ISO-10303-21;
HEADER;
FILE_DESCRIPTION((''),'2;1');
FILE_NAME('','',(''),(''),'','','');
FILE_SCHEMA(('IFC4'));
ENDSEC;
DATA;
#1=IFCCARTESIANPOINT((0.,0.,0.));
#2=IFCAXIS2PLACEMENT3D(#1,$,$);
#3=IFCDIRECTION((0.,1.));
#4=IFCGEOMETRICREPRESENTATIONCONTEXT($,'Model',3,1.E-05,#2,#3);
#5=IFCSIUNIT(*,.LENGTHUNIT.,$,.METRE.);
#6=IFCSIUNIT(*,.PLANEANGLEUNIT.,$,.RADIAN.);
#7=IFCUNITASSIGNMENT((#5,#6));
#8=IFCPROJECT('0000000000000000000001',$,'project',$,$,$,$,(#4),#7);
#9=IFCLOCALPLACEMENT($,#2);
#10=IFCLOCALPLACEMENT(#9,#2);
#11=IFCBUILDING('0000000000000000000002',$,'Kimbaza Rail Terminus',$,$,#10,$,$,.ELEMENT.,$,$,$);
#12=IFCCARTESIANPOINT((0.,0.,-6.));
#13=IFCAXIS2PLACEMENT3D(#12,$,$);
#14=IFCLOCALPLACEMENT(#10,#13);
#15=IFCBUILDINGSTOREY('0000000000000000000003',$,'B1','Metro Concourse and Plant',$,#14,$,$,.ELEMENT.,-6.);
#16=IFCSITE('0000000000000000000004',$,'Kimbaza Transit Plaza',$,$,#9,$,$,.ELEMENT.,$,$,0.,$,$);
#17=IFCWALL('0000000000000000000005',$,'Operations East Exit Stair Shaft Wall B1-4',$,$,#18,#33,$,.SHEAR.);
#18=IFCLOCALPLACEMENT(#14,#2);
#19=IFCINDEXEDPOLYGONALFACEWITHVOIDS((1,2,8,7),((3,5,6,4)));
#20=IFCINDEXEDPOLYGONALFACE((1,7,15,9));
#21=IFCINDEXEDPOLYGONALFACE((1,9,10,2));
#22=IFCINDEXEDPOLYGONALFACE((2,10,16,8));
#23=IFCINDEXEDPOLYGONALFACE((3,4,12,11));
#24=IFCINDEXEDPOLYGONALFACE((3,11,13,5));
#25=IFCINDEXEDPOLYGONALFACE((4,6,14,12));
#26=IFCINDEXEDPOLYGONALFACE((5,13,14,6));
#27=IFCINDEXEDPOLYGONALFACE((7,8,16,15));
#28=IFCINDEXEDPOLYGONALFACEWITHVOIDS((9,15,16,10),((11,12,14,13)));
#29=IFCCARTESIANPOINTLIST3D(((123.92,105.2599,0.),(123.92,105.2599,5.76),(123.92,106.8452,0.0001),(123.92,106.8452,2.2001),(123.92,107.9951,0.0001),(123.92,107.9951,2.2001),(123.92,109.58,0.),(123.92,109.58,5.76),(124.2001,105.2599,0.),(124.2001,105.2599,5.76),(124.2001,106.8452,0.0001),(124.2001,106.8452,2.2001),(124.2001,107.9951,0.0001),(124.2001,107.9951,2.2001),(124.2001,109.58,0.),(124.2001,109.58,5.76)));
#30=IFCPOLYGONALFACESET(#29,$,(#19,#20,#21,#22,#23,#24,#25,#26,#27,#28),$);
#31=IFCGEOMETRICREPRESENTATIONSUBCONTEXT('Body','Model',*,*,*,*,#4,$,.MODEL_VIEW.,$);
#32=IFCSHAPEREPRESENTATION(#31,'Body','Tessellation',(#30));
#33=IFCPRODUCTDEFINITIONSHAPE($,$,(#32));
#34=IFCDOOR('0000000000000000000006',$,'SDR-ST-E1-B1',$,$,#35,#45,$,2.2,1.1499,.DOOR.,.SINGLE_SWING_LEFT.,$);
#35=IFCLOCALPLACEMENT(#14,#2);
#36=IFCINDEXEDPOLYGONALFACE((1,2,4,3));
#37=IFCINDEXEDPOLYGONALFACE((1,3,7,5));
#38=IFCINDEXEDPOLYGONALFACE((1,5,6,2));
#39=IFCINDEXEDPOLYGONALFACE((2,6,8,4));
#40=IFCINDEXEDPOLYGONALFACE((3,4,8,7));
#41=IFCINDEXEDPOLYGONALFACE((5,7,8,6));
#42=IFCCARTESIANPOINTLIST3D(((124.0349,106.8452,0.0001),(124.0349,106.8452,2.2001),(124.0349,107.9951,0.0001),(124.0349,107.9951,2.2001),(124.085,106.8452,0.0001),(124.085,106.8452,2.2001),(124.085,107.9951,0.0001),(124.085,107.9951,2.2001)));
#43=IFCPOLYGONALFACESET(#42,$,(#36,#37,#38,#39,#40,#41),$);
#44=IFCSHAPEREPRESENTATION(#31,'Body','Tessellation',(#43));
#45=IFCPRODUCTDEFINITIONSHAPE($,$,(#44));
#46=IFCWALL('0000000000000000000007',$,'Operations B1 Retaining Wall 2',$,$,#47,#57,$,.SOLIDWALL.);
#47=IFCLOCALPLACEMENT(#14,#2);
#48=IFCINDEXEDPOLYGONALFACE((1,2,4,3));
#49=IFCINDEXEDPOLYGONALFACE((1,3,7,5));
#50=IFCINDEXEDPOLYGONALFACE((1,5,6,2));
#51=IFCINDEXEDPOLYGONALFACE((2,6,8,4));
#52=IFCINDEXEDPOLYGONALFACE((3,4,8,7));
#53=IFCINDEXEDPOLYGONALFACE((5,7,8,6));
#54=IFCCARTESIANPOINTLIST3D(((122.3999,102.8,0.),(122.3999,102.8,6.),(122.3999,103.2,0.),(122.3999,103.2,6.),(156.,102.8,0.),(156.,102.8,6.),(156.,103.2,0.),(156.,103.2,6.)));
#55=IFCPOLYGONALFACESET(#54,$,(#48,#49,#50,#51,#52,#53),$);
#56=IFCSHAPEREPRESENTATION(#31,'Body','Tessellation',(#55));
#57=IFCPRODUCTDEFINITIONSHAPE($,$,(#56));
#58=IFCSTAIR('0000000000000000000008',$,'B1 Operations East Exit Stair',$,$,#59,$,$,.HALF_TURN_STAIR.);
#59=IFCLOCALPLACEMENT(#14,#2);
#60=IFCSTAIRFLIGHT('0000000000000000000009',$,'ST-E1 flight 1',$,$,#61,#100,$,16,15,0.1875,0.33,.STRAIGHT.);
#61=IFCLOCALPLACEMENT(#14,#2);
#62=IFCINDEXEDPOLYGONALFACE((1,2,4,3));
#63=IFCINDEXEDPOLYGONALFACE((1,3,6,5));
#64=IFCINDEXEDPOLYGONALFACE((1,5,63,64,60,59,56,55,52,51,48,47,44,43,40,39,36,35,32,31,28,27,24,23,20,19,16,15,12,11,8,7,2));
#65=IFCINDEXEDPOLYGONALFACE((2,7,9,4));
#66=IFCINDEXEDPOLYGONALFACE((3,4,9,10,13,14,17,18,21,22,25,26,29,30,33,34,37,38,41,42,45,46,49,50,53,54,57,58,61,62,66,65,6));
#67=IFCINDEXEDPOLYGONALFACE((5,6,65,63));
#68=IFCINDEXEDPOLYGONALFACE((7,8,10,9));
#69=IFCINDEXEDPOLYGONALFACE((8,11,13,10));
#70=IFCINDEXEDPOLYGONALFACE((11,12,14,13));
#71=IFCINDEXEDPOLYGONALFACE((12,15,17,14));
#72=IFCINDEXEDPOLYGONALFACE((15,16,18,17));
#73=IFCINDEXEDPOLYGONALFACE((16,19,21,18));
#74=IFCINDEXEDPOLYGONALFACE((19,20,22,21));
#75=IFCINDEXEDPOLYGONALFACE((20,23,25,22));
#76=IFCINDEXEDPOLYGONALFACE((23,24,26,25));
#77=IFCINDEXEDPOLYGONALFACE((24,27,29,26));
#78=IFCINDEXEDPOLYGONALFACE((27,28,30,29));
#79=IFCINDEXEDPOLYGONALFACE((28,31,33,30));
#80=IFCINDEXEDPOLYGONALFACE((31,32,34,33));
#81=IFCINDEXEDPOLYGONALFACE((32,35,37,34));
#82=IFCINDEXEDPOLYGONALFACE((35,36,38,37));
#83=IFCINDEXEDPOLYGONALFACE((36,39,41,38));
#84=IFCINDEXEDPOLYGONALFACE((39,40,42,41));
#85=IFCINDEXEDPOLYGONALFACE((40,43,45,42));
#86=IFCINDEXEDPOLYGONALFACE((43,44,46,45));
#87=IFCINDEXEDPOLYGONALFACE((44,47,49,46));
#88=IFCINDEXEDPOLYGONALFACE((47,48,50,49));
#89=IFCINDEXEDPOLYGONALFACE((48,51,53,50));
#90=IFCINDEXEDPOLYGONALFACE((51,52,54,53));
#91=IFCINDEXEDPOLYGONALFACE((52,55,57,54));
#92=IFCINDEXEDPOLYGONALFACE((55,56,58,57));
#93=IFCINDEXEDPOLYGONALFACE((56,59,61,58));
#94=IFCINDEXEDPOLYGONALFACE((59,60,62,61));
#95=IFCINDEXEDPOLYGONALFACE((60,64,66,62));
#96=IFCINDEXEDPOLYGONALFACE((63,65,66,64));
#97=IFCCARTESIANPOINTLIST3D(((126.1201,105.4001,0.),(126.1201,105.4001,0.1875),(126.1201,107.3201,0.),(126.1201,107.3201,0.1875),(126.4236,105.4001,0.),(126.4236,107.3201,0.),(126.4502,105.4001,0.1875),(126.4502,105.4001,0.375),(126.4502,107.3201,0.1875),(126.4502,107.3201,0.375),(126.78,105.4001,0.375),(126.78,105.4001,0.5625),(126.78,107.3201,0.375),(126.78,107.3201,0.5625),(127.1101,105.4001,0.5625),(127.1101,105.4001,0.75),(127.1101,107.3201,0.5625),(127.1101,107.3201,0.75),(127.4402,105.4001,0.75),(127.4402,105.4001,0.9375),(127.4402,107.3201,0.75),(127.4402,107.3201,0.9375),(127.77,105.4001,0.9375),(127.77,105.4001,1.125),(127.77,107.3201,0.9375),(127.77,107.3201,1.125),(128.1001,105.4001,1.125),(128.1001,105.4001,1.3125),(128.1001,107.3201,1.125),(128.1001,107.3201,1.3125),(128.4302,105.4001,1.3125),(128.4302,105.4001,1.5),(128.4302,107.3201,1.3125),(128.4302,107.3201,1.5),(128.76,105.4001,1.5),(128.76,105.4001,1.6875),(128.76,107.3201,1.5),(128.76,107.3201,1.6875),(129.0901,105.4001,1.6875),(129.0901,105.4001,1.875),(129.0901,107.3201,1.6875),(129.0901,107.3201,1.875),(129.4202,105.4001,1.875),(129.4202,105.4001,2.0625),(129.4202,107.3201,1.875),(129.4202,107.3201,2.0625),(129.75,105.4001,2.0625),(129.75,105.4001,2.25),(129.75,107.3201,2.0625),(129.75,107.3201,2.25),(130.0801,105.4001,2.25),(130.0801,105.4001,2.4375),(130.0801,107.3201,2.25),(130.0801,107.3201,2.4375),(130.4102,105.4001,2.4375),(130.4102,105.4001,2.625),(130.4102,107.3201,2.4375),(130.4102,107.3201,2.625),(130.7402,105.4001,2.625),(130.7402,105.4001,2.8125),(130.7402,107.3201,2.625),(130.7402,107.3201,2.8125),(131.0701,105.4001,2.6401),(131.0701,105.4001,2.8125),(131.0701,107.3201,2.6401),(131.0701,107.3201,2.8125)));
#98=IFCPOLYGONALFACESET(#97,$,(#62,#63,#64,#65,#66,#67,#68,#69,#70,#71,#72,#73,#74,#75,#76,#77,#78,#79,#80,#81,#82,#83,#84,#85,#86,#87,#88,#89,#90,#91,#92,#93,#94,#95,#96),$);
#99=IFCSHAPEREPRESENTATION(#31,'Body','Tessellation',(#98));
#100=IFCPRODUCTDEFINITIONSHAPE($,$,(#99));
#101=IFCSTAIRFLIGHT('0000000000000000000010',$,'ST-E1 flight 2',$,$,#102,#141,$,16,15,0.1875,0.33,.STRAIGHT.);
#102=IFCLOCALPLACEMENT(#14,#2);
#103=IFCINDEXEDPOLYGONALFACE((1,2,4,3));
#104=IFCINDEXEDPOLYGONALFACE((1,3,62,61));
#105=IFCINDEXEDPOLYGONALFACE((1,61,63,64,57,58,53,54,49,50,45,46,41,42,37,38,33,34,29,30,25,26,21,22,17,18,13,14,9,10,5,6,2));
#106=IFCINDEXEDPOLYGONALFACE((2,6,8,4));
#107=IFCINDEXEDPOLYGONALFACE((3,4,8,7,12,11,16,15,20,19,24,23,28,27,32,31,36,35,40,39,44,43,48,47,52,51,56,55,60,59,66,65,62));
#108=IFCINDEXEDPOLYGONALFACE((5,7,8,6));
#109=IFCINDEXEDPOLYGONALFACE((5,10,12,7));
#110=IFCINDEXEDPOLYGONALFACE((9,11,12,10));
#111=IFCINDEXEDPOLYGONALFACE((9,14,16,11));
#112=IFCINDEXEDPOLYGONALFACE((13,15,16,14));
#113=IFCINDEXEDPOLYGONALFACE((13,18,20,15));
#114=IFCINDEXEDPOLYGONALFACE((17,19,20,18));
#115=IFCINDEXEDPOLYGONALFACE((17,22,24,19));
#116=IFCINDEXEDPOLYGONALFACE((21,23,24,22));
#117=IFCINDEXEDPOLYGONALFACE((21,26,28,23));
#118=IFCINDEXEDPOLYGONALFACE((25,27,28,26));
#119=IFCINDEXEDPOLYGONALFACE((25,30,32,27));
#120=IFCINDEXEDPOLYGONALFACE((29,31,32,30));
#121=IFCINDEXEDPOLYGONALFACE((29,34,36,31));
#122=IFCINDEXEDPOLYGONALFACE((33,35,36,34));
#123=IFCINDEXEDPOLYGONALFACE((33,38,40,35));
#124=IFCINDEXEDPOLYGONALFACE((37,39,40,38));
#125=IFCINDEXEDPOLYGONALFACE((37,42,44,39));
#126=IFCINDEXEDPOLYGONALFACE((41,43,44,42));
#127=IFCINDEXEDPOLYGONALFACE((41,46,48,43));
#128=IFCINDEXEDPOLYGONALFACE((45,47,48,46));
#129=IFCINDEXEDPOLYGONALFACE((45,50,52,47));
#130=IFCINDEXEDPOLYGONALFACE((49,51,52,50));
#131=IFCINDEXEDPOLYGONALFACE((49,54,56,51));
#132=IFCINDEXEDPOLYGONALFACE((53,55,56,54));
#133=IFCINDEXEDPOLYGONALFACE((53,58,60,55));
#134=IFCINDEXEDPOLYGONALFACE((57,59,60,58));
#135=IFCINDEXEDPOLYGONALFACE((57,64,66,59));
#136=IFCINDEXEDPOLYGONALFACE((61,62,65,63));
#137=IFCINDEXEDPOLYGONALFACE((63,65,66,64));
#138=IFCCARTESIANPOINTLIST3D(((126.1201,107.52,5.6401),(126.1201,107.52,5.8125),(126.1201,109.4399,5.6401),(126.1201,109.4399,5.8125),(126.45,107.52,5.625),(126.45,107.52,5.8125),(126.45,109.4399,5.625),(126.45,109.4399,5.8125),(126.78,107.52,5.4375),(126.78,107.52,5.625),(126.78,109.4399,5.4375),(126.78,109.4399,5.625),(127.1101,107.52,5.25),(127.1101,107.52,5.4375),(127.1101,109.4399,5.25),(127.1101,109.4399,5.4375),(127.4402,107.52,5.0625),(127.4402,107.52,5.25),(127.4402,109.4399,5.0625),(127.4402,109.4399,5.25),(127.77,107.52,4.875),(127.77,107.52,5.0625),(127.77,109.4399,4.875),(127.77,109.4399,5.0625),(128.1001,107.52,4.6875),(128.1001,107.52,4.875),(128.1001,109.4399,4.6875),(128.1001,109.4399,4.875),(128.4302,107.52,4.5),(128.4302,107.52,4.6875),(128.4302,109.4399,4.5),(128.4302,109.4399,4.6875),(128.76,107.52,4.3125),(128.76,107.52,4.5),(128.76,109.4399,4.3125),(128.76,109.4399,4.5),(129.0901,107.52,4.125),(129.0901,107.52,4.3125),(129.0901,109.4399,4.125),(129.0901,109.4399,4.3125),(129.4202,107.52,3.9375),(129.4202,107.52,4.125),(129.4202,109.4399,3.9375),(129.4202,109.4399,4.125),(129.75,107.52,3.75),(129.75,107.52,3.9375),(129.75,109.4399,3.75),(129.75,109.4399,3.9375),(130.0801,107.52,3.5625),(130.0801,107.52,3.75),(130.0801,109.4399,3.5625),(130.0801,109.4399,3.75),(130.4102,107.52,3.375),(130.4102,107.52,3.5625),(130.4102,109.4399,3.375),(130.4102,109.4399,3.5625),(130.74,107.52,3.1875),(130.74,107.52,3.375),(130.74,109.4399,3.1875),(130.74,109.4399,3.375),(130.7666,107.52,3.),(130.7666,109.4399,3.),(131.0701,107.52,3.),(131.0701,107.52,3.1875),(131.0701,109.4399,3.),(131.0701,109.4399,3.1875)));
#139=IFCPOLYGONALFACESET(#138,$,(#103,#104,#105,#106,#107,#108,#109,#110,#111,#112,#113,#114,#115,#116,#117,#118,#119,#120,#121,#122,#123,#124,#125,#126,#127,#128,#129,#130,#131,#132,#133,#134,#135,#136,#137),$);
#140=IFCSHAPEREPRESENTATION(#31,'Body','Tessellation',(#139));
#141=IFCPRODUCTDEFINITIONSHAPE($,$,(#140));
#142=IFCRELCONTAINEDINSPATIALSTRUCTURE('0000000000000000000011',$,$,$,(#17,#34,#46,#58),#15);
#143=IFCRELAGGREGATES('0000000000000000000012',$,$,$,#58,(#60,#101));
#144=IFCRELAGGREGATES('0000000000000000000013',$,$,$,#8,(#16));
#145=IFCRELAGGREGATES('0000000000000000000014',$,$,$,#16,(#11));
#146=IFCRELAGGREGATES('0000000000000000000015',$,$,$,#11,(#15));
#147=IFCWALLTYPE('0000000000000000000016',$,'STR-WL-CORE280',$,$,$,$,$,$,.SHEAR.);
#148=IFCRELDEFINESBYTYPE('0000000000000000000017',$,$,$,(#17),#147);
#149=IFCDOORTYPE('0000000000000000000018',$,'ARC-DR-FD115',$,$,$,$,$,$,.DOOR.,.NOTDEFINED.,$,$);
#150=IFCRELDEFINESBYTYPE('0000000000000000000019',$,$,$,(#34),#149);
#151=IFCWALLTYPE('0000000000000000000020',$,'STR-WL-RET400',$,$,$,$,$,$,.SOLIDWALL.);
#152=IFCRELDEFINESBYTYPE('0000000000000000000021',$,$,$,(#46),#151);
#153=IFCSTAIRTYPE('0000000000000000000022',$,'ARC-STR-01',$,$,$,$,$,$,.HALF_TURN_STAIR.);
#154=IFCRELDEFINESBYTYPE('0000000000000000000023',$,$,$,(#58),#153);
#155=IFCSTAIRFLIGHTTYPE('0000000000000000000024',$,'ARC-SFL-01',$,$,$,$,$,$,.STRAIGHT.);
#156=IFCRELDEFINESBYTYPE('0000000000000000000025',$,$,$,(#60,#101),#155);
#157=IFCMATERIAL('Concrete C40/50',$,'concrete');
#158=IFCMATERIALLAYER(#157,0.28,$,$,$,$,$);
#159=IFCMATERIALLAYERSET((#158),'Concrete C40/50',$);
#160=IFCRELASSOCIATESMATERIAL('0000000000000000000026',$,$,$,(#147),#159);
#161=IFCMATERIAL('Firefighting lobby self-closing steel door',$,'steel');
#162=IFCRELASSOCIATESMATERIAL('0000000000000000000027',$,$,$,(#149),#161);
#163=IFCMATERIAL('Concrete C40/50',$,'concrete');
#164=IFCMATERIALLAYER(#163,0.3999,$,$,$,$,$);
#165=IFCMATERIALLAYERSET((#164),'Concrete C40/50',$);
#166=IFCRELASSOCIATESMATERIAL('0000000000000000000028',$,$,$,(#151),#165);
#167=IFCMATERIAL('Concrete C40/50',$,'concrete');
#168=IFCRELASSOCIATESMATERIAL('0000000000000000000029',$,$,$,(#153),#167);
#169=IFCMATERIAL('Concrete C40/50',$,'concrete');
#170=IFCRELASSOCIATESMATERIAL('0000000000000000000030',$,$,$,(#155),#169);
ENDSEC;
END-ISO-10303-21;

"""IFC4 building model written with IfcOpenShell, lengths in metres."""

from ifc_helpers import new_model, si_unit, direction, frame, frame_2d, origin, place, context, subcontext, project, spatial, polyline, rectangle, outline, extrude, material, layer, layer_set, type_object, element, fill, aggregate, save


model = new_model("IFC4")

# Units and contexts
model_context = context("Model", 3, precision=1e-05, world=origin(), true_north=direction((0.0, 1.0)))
body_context = subcontext(model_context, "Body", "Model", "MODEL_VIEW")
ifc_project = project(units=[si_unit("LENGTHUNIT", "METRE"), si_unit("PLANEANGLEUNIT", "RADIAN")], contexts=[model_context])

# Site, building, storey
site_placement = place(None, origin())
site = spatial("IfcSite", under=ifc_project, at=site_placement, Name="Kimbaza Transit Plaza", CompositionType="ELEMENT", RefElevation=0.0)
building_placement = place(site_placement, origin())
building = spatial("IfcBuilding", under=site, at=building_placement, Name="Kimbaza Rail Terminus", CompositionType="ELEMENT")
storey_placement = place(building_placement, frame((0.0, 0.0, -6.0)))
storey = spatial("IfcBuildingStorey", under=building, at=storey_placement, Name="B1", Description="Metro Concourse and Plant", CompositionType="ELEMENT", Elevation=-6.0)

# Shared definitions
ifc_material_1 = material(Name="Concrete C40/50", Category="concrete")
ifc_layer_1 = layer(ifc_material_1, 0.28)
ifc_layer_set_1 = layer_set([ifc_layer_1], Name="Concrete C40/50")
wall_type_1 = type_object("IfcWallType", Name="STR-WL-CORE280", PredefinedType="SHEAR", material=ifc_layer_set_1)

# Wall, opening, door
wall_1_placement = place(storey_placement, frame((124.0601, 109.5801, 0.0), z_axis=(0.0, 0.0, 1.0), x_axis=(0.0, -1.0, 0.0)))
wall_1 = element("IfcWall", 1, at=wall_1_placement, inside=storey, type_object=wall_type_1, Name="Operations East Exit Stair Shaft Wall B1-4", PredefinedType="SHEAR", context=body_context, shape_type="SweptSolid", body=[
    extrude(rectangle(XDim=4.3201, YDim=0.28, at=frame_2d((2.1602, 0.0))), origin(), (0.0, 0.0, 1.0), 5.76),
])
opening_placement = place(wall_1_placement, frame((1.585, 0.0, 0.0)))
opening = element("IfcOpeningElement", 2, at=opening_placement, cuts=wall_1, PredefinedType="OPENING", context=body_context, shape_type="SweptSolid", body=[
    extrude(rectangle(XDim=1.1499, YDim=2.2, at=frame_2d((0.575, 1.1001))), frame((0.0, 0.1499, 0.0), z_axis=(0.0, -1.0, 0.0), x_axis=(1.0, 0.0, 0.0)), (0.0, 0.0, 1.0), 0.3),
])
ifc_material_2 = material(Name="Firefighting lobby self-closing steel door", Category="steel")
door_type = type_object("IfcDoorType", Name="ARC-DR-FD115", OperationType="NOTDEFINED", PredefinedType="DOOR", material=ifc_material_2)
door_placement = place(opening_placement, origin())
door = element("IfcDoor", 3, at=door_placement, inside=storey, type_object=door_type, Name="SDR-ST-E1-B1", OperationType="SINGLE_SWING_LEFT", OverallHeight=2.2, OverallWidth=1.1499, PredefinedType="DOOR", context=body_context, shape_type="SweptSolid", body=[
    extrude(rectangle(XDim=1.1499, YDim=2.2, at=frame_2d((0.575, 1.1001))), frame((0.0, 0.0249, 0.0), z_axis=(0.0, -1.0, 0.0), x_axis=(1.0, 0.0, 0.0)), (0.0, 0.0, 1.0), 0.05),
])
fill(opening, door)

# Wall
ifc_material_3 = material(Name="Concrete C40/50", Category="concrete")
ifc_layer_2 = layer(ifc_material_3, 0.3999)
ifc_layer_set_2 = layer_set([ifc_layer_2], Name="Concrete C40/50")
wall_type_2 = type_object("IfcWallType", Name="STR-WL-RET400", PredefinedType="SOLIDWALL", material=ifc_layer_set_2)
wall_2_placement = place(storey_placement, frame((122.3999, 103.0, 0.0), z_axis=(0.0, 0.0, 1.0), x_axis=(1.0, 0.0, 0.0)))
element("IfcWall", 4, at=wall_2_placement, inside=storey, type_object=wall_type_2, Name="Operations B1 Retaining Wall 2", PredefinedType="SOLIDWALL", context=body_context, shape_type="SweptSolid", body=[
    extrude(rectangle(XDim=33.6001, YDim=0.3999, at=frame_2d((16.8, 0.0))), origin(), (0.0, 0.0, 1.0), 6.0),
])

# Stair, stair flights
ifc_material_4 = material(Name="Concrete C40/50", Category="concrete")
stair_type = type_object("IfcStairType", Name="ARC-STR-01", PredefinedType="HALF_TURN_STAIR", material=ifc_material_4)
stair_placement = place(storey_placement, origin())
stair = element("IfcStair", 5, at=stair_placement, inside=storey, type_object=stair_type, Name="B1 Operations East Exit Stair", PredefinedType="HALF_TURN_STAIR")
ifc_material_5 = material(Name="Concrete C40/50", Category="concrete")
stair_flight_type = type_object("IfcStairFlightType", Name="ARC-SFL-01", PredefinedType="STRAIGHT", material=ifc_material_5)
stair_flight_1_placement = place(storey_placement, frame((126.1201, 106.3601, 0.0), z_axis=(0.0, 0.0, 1.0), x_axis=(1.0, 0.0, 0.0)))
stair_flight_1 = element("IfcStairFlight", 6, at=stair_flight_1_placement, type_object=stair_flight_type, Name="ST-E1 flight 1", NumberOfRisers=16, NumberOfTreads=15, PredefinedType="STRAIGHT", RiserHeight=0.1875, TreadLength=0.33, context=body_context, shape_type="SweptSolid", body=[
    extrude(outline(polyline([(0.0, 0.0), (0.0, 0.1875), (0.3301, 0.1875), (0.3301, 0.375), (0.6599, 0.375), (0.6599, 0.5625), (0.99, 0.5625), (0.99, 0.75), (1.3201, 0.75), (1.3201, 0.9375), (1.6499, 0.9375), (1.6499, 1.125), (1.98, 1.125), (1.98, 1.3125), (2.3101, 1.3125), (2.3101, 1.5), (2.6399, 1.5), (2.6399, 1.6875), (2.97, 1.6875), (2.97, 1.875), (3.3, 1.875), (3.3, 2.0625), (3.6299, 2.0625), (3.6299, 2.25), (3.96, 2.25), (3.96, 2.4375), (4.29, 2.4375), (4.29, 2.625), (4.6201, 2.625), (4.6201, 2.8125), (4.95, 2.8125), (4.95, 3.0), (4.95, 2.6401), (0.3035, 0.0), (0.0, 0.0)])), frame((0.0, 0.96, 0.0), z_axis=(0.0, -1.0, 0.0), x_axis=(1.0, 0.0, 0.0)), (0.0, 0.0, 1.0), 1.9199),
])
stair_flight_2_placement = place(storey_placement, frame((131.0701, 108.48, 3.0), z_axis=(0.0, 0.0, 1.0), x_axis=(-1.0, 0.0, 0.0)))
stair_flight_2 = element("IfcStairFlight", 7, at=stair_flight_2_placement, type_object=stair_flight_type, Name="ST-E1 flight 2", NumberOfRisers=16, NumberOfTreads=15, PredefinedType="STRAIGHT", RiserHeight=0.1875, TreadLength=0.33, context=body_context, shape_type="SweptSolid", body=[
    extrude(outline(polyline([(0.0, 0.0), (0.0, 0.1875), (0.3301, 0.1875), (0.3301, 0.375), (0.6599, 0.375), (0.6599, 0.5625), (0.99, 0.5625), (0.99, 0.75), (1.3201, 0.75), (1.3201, 0.9375), (1.6499, 0.9375), (1.6499, 1.125), (1.98, 1.125), (1.98, 1.3125), (2.3101, 1.3125), (2.3101, 1.5), (2.6399, 1.5), (2.6399, 1.6875), (2.97, 1.6875), (2.97, 1.875), (3.3, 1.875), (3.3, 2.0625), (3.6299, 2.0625), (3.6299, 2.25), (3.96, 2.25), (3.96, 2.4375), (4.29, 2.4375), (4.29, 2.625), (4.6201, 2.625), (4.6201, 2.8125), (4.95, 2.8125), (4.95, 3.0), (4.95, 2.6401), (0.3035, 0.0), (0.0, 0.0)])), frame((0.0, 0.96, 0.0), z_axis=(0.0, -1.0, 0.0), x_axis=(1.0, 0.0, 0.0)), (0.0, 0.0, 1.0), 1.9199),
])
aggregate(stair, [stair_flight_1, stair_flight_2])

save(model, "model.ifc")
